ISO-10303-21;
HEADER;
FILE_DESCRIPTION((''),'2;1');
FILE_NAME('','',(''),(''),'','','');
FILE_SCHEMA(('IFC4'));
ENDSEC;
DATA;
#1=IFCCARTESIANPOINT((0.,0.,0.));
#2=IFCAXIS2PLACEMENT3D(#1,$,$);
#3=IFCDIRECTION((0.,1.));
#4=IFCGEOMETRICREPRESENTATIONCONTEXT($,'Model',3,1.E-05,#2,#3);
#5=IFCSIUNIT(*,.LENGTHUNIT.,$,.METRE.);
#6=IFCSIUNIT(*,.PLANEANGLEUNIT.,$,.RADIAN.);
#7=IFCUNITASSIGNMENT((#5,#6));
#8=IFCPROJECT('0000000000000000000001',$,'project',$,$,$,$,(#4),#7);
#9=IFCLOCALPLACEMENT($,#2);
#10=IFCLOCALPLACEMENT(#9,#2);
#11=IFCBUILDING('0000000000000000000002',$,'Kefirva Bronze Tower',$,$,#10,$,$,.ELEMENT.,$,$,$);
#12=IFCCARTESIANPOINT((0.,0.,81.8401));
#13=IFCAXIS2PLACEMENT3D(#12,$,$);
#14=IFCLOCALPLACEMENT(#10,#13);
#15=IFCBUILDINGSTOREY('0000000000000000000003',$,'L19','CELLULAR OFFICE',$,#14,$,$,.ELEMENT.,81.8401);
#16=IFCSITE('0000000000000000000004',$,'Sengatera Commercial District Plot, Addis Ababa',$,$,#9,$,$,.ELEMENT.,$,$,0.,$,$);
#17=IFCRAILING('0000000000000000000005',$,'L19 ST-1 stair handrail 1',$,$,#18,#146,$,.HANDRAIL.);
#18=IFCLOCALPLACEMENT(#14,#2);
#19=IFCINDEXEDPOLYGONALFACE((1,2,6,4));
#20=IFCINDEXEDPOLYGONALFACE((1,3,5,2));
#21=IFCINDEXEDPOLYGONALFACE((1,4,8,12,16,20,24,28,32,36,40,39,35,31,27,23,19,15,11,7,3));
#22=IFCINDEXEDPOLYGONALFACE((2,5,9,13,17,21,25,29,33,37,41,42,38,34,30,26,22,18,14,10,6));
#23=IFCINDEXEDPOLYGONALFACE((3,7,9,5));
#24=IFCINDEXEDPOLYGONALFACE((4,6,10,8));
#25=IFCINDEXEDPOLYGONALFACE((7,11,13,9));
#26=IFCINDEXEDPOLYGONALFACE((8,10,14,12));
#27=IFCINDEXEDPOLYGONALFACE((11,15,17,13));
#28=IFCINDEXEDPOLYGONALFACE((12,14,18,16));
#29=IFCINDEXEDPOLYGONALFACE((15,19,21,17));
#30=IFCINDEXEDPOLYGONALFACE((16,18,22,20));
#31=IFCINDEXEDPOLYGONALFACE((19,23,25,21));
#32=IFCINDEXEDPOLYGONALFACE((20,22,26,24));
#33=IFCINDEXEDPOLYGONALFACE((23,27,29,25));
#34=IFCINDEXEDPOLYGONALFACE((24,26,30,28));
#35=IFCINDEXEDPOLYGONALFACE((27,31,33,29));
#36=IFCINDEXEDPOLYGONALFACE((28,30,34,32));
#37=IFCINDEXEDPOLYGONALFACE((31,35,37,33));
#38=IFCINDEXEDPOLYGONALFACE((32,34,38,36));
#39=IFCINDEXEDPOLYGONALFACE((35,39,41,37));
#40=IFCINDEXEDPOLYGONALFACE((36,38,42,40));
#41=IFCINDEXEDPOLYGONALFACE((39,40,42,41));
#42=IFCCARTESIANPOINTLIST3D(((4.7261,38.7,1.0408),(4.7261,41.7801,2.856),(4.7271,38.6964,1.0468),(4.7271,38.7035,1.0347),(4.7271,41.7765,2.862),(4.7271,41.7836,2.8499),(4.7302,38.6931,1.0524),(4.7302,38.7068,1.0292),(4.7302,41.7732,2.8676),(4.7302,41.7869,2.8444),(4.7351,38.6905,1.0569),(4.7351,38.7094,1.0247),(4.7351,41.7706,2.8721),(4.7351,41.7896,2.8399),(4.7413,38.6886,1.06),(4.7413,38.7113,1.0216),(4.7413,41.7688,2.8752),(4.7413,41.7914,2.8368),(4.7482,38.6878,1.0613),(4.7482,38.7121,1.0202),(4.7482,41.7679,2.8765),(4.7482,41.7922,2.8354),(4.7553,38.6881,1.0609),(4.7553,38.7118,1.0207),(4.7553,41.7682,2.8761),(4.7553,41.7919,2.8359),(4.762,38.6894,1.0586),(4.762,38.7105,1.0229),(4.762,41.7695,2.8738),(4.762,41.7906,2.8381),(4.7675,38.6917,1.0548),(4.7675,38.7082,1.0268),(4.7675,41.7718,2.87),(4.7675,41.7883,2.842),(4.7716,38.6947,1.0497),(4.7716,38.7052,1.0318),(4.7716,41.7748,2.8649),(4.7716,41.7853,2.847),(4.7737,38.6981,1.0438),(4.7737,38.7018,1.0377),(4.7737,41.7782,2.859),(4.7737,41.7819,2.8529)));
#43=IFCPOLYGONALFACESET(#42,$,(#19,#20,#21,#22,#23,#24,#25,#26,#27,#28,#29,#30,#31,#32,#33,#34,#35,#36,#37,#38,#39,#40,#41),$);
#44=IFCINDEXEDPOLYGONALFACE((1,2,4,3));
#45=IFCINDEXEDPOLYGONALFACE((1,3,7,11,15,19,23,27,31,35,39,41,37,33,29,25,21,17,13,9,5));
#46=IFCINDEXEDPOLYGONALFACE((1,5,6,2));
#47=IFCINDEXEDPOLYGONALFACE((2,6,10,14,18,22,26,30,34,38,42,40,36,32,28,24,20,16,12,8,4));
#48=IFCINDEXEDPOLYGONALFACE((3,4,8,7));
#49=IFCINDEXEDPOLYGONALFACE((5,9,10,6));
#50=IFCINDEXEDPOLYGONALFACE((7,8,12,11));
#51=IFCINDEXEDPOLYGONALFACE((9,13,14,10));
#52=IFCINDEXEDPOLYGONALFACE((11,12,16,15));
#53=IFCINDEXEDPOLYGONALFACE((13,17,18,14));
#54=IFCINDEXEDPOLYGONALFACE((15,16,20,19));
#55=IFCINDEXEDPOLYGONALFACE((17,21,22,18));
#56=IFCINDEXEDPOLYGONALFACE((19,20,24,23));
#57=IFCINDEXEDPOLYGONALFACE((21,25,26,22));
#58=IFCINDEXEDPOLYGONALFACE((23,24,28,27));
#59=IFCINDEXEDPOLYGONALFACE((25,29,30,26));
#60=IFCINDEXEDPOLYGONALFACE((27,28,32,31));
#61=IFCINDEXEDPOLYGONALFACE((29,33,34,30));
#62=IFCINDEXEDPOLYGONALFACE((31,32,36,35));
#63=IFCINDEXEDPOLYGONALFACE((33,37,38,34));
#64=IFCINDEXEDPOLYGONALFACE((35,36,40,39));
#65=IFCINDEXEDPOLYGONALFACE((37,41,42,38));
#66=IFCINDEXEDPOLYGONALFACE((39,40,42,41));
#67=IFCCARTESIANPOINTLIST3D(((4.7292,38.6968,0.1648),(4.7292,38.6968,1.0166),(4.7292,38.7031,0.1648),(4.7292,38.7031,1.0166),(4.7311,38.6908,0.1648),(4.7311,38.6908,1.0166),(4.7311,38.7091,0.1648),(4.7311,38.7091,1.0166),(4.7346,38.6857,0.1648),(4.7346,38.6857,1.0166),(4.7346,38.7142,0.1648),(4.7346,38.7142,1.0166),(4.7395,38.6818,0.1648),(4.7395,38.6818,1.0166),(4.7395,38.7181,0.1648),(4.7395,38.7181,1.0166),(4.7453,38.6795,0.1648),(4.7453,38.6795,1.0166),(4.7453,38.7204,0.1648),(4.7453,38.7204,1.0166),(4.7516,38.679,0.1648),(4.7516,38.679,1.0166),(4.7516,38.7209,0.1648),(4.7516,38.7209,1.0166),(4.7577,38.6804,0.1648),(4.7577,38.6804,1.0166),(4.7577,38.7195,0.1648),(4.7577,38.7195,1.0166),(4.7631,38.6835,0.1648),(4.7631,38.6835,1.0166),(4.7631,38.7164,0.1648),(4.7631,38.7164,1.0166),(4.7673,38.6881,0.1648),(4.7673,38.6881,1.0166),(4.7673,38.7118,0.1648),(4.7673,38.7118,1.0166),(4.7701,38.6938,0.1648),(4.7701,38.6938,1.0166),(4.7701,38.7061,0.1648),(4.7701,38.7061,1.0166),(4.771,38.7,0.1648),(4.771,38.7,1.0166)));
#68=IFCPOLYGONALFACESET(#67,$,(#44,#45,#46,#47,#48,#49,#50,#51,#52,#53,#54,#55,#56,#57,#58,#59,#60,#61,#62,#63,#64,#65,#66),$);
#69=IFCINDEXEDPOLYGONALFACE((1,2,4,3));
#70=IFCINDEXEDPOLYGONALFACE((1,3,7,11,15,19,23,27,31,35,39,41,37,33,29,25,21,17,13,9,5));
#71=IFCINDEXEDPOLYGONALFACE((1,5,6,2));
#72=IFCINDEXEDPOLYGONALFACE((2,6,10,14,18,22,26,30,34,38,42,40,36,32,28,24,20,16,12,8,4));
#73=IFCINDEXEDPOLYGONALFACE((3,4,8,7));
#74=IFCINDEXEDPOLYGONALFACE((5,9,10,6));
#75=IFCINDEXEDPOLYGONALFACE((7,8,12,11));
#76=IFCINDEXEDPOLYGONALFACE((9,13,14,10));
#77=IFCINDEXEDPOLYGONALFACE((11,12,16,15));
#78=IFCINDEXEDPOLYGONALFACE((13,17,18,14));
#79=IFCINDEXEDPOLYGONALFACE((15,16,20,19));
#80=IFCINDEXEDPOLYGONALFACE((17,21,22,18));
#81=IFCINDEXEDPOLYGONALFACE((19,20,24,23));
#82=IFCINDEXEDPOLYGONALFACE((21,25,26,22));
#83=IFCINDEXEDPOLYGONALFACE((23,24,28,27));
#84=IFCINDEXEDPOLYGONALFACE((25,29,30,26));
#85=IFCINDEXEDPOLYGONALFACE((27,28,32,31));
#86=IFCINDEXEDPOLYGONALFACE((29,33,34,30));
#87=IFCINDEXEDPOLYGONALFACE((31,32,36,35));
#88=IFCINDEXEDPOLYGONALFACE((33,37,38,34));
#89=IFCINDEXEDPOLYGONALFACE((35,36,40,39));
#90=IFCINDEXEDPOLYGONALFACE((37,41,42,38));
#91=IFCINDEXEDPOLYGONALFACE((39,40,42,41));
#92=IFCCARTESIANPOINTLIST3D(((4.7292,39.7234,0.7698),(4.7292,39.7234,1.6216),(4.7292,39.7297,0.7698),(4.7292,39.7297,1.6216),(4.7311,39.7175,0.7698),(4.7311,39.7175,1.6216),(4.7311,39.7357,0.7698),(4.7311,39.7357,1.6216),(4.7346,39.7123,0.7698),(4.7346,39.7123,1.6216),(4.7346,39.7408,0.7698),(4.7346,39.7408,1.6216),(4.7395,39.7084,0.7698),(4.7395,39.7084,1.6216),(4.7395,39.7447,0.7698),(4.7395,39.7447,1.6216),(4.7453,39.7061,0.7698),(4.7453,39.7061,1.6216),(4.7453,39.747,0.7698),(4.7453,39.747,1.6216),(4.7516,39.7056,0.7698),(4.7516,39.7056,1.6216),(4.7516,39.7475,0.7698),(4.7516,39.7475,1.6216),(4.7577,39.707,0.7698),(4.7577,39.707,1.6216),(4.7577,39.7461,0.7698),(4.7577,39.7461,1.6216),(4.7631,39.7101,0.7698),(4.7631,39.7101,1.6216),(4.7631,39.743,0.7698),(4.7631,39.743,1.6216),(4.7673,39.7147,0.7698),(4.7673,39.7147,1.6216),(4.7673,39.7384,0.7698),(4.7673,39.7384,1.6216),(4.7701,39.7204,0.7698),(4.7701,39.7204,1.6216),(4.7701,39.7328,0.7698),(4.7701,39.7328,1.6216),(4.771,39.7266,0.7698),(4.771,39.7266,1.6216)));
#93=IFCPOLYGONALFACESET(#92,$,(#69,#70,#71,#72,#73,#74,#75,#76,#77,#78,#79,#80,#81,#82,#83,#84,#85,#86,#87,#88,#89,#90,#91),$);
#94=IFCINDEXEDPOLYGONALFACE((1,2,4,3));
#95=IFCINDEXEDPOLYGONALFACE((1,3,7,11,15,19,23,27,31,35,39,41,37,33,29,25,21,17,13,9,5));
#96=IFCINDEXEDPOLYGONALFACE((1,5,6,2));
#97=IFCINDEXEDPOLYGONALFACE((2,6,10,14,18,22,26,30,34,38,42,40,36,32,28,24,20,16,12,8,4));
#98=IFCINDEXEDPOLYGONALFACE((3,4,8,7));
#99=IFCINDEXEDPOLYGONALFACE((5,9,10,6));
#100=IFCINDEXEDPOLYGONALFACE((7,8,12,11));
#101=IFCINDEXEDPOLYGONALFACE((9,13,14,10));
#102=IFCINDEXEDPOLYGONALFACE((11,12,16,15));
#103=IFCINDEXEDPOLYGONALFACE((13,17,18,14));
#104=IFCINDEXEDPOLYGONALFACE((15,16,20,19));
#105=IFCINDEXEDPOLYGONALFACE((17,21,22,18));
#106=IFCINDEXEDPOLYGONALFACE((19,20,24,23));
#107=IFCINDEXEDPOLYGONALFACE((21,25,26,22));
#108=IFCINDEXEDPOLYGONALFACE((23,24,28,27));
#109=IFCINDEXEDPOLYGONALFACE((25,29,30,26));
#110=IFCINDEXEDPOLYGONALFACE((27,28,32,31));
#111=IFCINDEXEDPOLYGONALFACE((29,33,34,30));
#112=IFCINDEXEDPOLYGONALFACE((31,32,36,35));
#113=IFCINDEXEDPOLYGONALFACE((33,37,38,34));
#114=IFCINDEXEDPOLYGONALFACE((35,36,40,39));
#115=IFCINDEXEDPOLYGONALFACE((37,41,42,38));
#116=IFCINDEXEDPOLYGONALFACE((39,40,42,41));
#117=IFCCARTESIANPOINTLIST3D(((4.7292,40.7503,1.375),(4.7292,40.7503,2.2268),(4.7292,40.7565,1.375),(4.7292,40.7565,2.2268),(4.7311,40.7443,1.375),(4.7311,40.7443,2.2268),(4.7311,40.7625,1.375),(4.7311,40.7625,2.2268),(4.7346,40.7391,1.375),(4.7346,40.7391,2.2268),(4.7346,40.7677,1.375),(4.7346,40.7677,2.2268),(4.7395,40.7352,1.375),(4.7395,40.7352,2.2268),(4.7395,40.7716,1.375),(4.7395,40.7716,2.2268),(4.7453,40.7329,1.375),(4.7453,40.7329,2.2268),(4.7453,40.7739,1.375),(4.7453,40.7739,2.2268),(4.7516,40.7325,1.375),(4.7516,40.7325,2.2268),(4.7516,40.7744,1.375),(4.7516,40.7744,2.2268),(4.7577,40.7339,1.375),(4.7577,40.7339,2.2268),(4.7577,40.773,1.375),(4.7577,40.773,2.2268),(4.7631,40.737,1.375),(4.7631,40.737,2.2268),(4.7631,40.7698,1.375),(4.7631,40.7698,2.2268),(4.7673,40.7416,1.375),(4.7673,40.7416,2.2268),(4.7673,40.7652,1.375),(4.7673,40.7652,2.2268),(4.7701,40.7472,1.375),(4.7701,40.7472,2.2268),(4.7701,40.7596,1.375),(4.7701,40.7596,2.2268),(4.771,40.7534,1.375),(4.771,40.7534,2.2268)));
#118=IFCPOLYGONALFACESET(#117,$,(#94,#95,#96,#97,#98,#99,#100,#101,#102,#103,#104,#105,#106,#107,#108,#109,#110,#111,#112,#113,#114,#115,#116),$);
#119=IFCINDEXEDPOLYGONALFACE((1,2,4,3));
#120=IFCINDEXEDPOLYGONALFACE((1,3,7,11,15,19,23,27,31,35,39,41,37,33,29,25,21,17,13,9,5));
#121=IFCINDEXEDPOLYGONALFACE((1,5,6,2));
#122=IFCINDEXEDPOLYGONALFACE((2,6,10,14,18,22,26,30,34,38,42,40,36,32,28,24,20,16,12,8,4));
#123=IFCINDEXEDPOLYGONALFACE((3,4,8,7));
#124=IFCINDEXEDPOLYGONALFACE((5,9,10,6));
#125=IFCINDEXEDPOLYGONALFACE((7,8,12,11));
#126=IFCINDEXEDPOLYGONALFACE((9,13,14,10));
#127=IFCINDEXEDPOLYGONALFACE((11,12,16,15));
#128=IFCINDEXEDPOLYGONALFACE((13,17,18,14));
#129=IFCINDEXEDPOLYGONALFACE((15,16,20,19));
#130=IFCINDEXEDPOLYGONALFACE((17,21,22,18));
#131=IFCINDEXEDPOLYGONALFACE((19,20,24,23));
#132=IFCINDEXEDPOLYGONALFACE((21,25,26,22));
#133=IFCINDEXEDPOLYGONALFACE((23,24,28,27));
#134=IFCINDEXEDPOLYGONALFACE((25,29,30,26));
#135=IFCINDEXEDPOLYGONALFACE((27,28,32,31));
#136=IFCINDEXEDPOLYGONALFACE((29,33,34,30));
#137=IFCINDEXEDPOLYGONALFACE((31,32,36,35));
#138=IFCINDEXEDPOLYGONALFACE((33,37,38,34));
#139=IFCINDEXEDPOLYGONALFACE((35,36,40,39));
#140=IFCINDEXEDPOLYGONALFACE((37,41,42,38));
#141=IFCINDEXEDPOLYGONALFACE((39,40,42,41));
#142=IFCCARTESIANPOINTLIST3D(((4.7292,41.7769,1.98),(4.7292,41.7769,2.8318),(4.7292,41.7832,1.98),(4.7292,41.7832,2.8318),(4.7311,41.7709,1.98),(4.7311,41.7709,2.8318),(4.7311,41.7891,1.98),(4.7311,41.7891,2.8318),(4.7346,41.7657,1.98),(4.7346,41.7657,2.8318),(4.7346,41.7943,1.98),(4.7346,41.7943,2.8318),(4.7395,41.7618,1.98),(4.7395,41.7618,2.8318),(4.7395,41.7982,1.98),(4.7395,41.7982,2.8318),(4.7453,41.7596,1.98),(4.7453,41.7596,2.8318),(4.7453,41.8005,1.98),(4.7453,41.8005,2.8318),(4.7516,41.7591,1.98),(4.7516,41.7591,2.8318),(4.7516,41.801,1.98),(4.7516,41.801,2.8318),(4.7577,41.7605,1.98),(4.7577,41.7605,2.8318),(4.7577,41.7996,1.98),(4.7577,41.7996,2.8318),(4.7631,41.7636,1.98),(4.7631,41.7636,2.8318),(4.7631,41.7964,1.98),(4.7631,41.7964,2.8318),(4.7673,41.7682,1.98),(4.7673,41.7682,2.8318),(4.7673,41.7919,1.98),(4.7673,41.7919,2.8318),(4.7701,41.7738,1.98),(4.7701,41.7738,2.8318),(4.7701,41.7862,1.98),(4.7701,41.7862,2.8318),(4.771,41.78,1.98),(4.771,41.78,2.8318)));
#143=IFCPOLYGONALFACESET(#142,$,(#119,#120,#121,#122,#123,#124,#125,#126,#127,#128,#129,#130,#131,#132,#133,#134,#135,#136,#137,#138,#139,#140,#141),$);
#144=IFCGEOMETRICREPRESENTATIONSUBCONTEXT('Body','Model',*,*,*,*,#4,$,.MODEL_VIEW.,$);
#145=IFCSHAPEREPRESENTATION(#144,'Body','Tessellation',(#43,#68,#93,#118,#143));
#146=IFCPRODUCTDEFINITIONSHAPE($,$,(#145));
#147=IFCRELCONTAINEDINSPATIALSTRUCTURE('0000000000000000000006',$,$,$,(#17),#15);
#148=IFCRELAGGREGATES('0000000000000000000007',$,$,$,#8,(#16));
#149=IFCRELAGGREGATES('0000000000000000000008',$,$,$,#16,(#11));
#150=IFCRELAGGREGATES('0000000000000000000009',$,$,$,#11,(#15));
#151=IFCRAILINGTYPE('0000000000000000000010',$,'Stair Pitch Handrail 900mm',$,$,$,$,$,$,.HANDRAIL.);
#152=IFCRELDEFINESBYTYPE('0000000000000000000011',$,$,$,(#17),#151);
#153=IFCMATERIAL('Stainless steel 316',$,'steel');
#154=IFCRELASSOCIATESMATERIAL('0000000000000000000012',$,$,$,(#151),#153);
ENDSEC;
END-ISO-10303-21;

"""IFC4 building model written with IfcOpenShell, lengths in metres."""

from ifc_helpers import new_model, si_unit, direction, frame, origin, origin_2d, place, context, subcontext, project, spatial, circle, extrude, material, type_object, element, save


model = new_model("IFC4")

# Units and contexts
model_context = context("Model", 3, precision=1e-05, world=origin(), true_north=direction((0.0, 1.0)))
body_context = subcontext(model_context, "Body", "Model", "MODEL_VIEW")
ifc_project = project(units=[si_unit("LENGTHUNIT", "METRE"), si_unit("PLANEANGLEUNIT", "RADIAN")], contexts=[model_context])

# Site, building, storey
site_placement = place(None, origin())
site = spatial("IfcSite", under=ifc_project, at=site_placement, Name="Sengatera Commercial District Plot, Addis Ababa", CompositionType="ELEMENT", RefElevation=0.0)
building_placement = place(site_placement, origin())
building = spatial("IfcBuilding", under=site, at=building_placement, Name="Kefirva Bronze Tower", CompositionType="ELEMENT")
storey_placement = place(building_placement, frame((0.0, 0.0, 81.8401)))
storey = spatial("IfcBuildingStorey", under=building, at=storey_placement, Name="L19", Description="CELLULAR OFFICE", CompositionType="ELEMENT", Elevation=81.8401)

# Railing
ifc_material_1 = material(Name="Stainless steel 316", Category="steel")
railing_type_1 = type_object("IfcRailingType", Name="Stair Pitch Handrail 900mm", PredefinedType="HANDRAIL", material=ifc_material_1)
railing_1_placement = place(storey_placement, frame((4.75, 38.7, 0.1648)))
element("IfcRailing", 1, at=railing_1_placement, inside=storey, type_object=railing_type_1, Name="L19 ST-1 stair handrail 1", PredefinedType="HANDRAIL", context=body_context, shape_type="SweptSolid", body=[
    extrude(circle(Radius=0.0239, at=origin_2d()), frame((0.0, 0.0, 0.876), z_axis=(0.0, 0.861521, 0.507721), x_axis=(-1.0, 0.0, 0.0)), (0.0, 0.0, 1.0), 3.5752),
    extrude(circle(Radius=0.021, at=origin_2d()), origin(), (0.0, 0.0, 1.0), 0.8518),
    extrude(circle(Radius=0.021, at=origin_2d()), frame((0.0, 1.0266, 0.605)), (0.0, 0.0, 1.0), 0.8518),
    extrude(circle(Radius=0.021, at=origin_2d()), frame((0.0, 2.0535, 1.2102)), (0.0, 0.0, 1.0), 0.8518),
    extrude(circle(Radius=0.021, at=origin_2d()), frame((0.0, 3.0801, 1.8152)), (0.0, 0.0, 1.0), 0.8518),
])

save(model, "model.ifc")
